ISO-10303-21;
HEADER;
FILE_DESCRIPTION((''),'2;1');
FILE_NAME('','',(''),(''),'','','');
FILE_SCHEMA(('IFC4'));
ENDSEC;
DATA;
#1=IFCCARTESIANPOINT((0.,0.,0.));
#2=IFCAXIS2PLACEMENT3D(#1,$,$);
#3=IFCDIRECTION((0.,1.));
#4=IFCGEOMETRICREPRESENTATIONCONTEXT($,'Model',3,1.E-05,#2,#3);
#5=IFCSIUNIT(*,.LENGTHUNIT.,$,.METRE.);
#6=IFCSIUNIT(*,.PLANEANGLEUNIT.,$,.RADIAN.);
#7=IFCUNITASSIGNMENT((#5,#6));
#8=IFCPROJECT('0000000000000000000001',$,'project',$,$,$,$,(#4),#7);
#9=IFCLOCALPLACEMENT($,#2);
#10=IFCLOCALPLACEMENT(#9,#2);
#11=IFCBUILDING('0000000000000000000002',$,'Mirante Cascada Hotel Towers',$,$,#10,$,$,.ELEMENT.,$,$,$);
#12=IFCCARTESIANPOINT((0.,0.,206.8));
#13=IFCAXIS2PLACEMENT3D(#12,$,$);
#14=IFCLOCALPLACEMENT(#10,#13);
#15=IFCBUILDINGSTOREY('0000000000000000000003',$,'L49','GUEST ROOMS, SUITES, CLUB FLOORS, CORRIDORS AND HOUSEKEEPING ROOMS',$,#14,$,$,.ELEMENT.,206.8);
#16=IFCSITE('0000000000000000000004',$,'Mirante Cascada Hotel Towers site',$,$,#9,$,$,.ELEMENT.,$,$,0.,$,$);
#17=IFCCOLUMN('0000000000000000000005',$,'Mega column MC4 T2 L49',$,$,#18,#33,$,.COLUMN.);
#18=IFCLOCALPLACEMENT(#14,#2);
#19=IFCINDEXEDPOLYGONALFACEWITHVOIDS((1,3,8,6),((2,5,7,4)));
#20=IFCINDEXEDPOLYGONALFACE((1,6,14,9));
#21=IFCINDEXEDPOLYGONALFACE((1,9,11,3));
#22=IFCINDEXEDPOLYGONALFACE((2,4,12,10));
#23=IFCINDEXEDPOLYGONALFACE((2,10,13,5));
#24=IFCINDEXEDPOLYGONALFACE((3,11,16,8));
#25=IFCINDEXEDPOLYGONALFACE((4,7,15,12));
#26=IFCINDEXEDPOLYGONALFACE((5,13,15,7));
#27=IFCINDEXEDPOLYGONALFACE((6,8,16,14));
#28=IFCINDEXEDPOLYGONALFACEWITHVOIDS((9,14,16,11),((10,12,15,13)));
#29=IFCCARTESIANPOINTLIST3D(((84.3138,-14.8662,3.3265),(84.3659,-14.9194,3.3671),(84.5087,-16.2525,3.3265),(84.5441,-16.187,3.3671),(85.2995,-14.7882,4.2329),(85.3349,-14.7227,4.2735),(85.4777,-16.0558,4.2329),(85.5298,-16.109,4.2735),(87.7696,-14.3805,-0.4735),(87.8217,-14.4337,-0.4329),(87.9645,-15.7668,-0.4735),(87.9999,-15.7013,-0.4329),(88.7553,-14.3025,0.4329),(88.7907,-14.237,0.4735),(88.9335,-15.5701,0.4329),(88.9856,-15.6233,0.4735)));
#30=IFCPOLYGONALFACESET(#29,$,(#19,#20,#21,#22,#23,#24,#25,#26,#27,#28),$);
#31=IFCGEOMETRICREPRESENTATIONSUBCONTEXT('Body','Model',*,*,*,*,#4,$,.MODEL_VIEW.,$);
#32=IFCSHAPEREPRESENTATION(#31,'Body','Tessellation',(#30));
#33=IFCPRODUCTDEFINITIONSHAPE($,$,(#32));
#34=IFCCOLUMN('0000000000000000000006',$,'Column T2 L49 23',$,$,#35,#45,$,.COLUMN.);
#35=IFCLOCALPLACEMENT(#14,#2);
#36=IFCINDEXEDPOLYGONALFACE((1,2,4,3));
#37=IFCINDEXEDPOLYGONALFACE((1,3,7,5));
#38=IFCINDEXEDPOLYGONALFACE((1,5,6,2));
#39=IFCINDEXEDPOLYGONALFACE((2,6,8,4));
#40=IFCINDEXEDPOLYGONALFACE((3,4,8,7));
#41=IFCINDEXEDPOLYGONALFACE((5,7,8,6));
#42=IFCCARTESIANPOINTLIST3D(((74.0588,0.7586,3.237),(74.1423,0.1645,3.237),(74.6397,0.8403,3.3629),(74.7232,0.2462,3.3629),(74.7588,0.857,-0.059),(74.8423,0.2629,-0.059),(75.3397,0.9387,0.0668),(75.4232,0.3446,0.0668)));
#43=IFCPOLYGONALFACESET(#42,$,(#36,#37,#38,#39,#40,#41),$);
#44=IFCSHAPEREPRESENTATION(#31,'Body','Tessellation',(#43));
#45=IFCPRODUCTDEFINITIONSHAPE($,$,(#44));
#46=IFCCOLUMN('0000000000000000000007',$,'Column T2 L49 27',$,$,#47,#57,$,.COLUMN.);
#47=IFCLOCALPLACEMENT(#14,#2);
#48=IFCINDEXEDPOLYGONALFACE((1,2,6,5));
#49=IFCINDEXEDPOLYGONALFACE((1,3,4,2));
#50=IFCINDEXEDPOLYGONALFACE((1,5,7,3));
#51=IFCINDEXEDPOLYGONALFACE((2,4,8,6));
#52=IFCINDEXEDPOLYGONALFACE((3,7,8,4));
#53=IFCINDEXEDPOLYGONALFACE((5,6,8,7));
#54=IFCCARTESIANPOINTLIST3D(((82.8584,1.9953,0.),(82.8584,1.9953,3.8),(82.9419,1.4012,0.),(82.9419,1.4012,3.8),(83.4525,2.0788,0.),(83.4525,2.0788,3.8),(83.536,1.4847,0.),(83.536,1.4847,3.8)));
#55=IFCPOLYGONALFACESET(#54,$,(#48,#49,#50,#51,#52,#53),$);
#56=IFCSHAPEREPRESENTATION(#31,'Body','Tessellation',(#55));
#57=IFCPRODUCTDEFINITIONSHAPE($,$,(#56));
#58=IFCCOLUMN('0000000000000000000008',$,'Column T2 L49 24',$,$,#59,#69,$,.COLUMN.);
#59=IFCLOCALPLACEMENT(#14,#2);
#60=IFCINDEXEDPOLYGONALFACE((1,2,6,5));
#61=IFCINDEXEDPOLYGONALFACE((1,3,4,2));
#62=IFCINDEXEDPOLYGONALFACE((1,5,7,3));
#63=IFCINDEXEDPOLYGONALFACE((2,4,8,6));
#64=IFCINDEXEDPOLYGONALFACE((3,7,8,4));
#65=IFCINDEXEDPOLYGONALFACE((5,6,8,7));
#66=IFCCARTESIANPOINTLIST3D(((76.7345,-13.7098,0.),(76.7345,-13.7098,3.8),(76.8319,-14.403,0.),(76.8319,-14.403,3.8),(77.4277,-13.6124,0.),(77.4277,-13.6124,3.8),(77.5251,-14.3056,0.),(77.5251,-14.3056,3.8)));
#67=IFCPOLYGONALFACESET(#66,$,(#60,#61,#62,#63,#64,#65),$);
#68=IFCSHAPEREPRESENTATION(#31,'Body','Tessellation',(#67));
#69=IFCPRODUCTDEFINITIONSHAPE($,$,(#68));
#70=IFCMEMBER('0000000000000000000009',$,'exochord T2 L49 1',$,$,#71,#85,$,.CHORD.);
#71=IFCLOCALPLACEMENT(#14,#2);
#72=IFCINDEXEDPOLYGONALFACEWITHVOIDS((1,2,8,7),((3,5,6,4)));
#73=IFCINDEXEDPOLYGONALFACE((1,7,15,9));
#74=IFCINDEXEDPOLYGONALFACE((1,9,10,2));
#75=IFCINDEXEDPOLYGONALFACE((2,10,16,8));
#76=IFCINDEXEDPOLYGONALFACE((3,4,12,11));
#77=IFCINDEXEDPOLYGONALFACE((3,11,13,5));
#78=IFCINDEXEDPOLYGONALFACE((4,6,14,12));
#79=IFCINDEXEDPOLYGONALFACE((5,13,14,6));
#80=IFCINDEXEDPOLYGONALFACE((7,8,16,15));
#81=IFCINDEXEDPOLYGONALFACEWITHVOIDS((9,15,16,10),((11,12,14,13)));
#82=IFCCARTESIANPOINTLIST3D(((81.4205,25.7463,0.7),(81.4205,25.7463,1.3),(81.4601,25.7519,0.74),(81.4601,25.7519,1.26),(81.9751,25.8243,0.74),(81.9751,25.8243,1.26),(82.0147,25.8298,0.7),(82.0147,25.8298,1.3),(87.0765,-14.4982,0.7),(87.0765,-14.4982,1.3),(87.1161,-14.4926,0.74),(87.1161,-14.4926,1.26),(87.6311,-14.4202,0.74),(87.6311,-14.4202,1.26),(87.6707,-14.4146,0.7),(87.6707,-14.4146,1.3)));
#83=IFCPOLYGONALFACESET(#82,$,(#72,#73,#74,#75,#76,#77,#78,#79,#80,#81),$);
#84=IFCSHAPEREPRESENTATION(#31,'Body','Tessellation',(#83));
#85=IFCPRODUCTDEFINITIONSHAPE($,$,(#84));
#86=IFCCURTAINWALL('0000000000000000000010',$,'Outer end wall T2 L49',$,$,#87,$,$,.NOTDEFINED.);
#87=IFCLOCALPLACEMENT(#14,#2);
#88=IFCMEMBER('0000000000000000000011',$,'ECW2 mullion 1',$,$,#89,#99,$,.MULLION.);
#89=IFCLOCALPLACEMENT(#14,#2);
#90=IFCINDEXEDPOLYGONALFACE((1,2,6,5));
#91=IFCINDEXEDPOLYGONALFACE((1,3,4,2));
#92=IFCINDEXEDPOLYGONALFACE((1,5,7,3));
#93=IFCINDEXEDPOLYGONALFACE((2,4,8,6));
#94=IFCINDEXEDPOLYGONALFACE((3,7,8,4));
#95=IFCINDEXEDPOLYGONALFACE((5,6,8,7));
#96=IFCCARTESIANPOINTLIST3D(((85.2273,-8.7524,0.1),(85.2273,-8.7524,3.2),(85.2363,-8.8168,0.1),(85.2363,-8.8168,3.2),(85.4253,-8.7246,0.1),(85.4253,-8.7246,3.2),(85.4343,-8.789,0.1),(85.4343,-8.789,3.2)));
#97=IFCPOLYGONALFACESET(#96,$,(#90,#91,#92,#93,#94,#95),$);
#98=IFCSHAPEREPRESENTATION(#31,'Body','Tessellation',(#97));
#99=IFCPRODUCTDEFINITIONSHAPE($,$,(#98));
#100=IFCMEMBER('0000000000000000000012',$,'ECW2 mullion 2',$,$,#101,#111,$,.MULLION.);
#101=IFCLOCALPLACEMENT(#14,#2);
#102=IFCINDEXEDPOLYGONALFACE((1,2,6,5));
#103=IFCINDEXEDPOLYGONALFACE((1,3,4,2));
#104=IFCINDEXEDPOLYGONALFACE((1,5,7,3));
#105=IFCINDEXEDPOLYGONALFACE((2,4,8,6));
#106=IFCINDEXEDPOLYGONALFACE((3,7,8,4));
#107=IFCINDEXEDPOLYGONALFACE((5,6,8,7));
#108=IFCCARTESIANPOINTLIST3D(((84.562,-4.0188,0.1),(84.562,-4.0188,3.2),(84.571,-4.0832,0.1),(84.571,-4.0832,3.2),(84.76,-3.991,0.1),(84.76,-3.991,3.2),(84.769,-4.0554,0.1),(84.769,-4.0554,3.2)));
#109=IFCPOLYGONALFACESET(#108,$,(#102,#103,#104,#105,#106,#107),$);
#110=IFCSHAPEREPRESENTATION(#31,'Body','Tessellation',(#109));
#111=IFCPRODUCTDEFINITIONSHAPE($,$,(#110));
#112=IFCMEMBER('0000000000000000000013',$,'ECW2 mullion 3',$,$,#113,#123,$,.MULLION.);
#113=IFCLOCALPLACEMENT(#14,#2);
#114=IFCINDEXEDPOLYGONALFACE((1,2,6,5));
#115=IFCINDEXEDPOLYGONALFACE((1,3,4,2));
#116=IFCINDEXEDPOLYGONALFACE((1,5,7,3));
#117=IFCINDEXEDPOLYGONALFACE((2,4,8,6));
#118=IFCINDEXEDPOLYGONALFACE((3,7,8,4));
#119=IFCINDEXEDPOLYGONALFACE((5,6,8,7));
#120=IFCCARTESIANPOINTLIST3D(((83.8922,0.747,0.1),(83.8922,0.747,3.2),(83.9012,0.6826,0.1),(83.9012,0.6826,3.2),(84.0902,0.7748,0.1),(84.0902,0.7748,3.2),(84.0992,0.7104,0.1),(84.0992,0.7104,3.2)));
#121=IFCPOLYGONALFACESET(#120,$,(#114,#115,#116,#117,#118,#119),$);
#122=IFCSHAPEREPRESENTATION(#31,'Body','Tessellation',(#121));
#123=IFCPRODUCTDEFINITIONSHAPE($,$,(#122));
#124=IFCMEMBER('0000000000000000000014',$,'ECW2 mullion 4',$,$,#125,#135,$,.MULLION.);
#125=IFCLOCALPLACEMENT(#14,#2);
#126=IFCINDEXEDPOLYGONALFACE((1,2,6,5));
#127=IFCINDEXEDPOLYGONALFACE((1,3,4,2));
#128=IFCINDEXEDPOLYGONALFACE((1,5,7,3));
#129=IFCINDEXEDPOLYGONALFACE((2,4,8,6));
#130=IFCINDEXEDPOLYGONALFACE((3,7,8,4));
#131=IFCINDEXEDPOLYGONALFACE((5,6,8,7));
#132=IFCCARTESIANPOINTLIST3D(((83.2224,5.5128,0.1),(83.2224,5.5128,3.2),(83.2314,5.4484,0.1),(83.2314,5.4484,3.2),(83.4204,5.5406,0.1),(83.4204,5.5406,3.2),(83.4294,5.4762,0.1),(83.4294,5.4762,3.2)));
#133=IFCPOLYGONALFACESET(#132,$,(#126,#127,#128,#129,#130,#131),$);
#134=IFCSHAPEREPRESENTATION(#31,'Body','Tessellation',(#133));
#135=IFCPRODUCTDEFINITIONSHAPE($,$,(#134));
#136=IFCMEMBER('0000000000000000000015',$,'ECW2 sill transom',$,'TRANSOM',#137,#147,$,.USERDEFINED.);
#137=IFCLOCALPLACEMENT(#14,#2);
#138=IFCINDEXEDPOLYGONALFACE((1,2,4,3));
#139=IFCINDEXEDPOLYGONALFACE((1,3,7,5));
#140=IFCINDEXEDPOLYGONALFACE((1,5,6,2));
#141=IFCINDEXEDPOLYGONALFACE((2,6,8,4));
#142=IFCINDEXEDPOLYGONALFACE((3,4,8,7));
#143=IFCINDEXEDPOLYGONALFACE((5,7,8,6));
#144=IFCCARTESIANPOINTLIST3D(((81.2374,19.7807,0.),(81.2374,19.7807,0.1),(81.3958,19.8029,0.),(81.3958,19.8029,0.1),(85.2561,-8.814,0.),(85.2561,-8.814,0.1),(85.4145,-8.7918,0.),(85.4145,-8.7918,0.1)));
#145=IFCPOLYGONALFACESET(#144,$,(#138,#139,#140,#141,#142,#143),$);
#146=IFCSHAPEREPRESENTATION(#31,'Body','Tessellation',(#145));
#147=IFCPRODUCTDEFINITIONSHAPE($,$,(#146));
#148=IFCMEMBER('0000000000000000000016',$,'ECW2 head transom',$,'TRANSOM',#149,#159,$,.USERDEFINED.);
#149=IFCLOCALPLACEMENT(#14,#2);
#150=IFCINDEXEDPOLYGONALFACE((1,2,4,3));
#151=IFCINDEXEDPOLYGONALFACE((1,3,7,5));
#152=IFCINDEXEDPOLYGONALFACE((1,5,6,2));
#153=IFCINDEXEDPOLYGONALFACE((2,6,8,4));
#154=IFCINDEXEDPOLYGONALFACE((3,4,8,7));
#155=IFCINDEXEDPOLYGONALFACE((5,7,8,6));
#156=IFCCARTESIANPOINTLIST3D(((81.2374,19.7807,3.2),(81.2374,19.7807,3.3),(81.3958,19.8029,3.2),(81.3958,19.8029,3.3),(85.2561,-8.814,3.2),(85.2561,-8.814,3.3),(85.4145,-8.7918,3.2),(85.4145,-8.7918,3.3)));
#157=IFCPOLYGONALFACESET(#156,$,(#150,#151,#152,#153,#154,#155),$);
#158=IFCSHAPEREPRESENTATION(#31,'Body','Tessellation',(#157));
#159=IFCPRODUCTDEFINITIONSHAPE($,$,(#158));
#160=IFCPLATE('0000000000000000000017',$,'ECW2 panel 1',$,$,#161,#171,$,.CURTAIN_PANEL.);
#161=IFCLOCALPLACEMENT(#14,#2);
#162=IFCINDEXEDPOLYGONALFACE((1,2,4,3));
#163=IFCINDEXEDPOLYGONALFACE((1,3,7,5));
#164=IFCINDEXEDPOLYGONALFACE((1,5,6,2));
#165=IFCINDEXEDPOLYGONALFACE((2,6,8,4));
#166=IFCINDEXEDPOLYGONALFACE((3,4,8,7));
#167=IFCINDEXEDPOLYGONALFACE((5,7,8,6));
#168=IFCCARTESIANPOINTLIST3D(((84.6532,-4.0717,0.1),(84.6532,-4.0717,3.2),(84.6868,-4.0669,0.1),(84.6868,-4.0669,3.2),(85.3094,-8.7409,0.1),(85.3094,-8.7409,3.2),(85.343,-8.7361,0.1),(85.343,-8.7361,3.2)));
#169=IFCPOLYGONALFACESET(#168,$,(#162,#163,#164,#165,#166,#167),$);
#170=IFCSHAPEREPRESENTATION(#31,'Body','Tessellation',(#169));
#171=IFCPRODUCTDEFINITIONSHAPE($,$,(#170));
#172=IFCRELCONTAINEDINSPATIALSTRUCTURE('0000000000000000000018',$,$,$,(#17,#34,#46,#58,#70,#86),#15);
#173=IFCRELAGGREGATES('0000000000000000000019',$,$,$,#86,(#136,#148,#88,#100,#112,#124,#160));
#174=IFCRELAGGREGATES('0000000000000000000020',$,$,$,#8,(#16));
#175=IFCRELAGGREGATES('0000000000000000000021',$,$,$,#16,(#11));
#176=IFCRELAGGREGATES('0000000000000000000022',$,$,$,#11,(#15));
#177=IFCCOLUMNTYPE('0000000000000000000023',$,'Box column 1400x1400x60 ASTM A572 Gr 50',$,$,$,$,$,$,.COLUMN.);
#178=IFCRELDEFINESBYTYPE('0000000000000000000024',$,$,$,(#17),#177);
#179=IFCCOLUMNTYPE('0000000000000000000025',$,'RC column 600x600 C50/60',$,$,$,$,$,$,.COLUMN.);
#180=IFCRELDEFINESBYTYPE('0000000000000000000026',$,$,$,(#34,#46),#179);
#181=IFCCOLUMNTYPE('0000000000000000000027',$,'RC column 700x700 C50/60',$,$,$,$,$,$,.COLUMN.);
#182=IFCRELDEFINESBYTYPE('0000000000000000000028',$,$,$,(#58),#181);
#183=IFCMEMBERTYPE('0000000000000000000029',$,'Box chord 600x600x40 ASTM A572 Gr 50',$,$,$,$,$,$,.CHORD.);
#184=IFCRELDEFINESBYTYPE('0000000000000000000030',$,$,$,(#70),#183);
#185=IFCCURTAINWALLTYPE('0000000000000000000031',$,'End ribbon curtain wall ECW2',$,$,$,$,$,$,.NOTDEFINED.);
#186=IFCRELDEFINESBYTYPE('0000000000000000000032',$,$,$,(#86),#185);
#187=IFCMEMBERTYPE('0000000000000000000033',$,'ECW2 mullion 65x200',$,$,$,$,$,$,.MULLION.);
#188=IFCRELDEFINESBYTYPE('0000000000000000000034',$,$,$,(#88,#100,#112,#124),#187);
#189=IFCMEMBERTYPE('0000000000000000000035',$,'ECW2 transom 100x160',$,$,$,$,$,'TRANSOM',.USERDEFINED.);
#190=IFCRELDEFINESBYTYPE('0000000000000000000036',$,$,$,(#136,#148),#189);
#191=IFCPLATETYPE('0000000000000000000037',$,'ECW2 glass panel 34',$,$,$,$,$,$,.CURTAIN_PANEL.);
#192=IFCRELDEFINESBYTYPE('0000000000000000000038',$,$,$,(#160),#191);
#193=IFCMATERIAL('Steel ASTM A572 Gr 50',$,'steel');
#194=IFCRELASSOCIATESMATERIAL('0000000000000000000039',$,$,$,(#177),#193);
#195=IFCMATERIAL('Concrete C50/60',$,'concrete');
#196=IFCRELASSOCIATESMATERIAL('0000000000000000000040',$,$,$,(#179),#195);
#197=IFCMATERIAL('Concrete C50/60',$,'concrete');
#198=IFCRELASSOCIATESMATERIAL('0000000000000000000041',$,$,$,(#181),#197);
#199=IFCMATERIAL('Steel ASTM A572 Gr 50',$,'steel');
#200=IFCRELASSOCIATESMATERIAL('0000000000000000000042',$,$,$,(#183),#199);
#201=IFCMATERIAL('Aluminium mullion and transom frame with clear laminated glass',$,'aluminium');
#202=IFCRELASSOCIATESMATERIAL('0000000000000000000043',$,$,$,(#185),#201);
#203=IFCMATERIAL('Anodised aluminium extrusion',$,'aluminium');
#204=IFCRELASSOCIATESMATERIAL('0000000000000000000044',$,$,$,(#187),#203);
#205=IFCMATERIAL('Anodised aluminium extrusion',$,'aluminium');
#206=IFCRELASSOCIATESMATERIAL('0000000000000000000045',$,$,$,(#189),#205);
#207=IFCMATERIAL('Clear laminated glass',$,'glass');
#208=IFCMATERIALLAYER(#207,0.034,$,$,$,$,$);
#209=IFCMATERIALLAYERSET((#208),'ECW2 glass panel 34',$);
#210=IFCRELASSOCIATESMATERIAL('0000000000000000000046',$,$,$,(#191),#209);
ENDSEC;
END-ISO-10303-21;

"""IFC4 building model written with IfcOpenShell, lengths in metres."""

from ifc_helpers import new_model, si_unit, direction, frame, origin, origin_2d, place, context, subcontext, project, spatial, rectangle, hollow_rectangle, extrude, material, layer, layer_set, material_profile, profile_set, type_object, element, aggregate, save


model = new_model("IFC4")

# Units and contexts
model_context = context("Model", 3, precision=1e-05, world=origin(), true_north=direction((0.0, 1.0)))
body_context = subcontext(model_context, "Body", "Model", "MODEL_VIEW")
ifc_project = project(units=[si_unit("LENGTHUNIT", "METRE"), si_unit("PLANEANGLEUNIT", "RADIAN")], contexts=[model_context])

# Site, building, storey
site_placement = place(None, origin())
site = spatial("IfcSite", under=ifc_project, at=site_placement, Name="Mirante Cascada Hotel Towers site", CompositionType="ELEMENT", RefElevation=0.0)
building_placement = place(site_placement, origin())
building = spatial("IfcBuilding", under=site, at=building_placement, Name="Mirante Cascada Hotel Towers", CompositionType="ELEMENT")
storey_placement = place(building_placement, frame((0.0, 0.0, 206.8)))
storey = spatial("IfcBuildingStorey", under=building, at=storey_placement, Name="L49", Description="GUEST ROOMS, SUITES, CLUB FLOORS, CORRIDORS AND HOUSEKEEPING ROOMS", CompositionType="ELEMENT", Elevation=206.8)

# Columns
ifc_material_1 = material(Name="Steel ASTM A572 Gr 50", Category="steel")
ifc_material_profile_1 = material_profile(ifc_material_1, hollow_rectangle(XDim=1.4, YDim=1.4, WallThickness=0.06, at=origin_2d()), Name="Box column 1400x1400x60 ASTM A572 Gr 50")
ifc_profile_set_1 = profile_set([ifc_material_profile_1], Name="Steel ASTM A572 Gr 50")
column_type_1 = type_object("IfcColumnType", Name="Box column 1400x1400x60 ASTM A572 Gr 50", PredefinedType="COLUMN", material=ifc_profile_set_1)
column_1_placement = place(storey_placement, frame((88.3776, -15.0019, 0.0), z_axis=(-0.669818, -0.094141, 0.736533), x_axis=(0.139178, -0.990267, 0.0)))
element("IfcColumn", 1, at=column_1_placement, inside=storey, type_object=column_type_1, Name="Mega column MC4 T2 L49", PredefinedType="COLUMN", context=body_context, shape_type="SweptSolid", body=[
    extrude(hollow_rectangle(XDim=1.4, YDim=1.4, WallThickness=0.06, at=origin_2d()), origin(), (0.0, 0.0, 1.0), 5.1593),
])
ifc_material_2 = material(Name="Concrete C50/60", Category="concrete")
ifc_material_profile_2 = material_profile(ifc_material_2, rectangle(XDim=0.6, YDim=0.6, at=origin_2d()), Name="RC column 600x600 C50/60")
ifc_profile_set_2 = profile_set([ifc_material_profile_2], Name="Concrete C50/60")
column_type_2 = type_object("IfcColumnType", Name="RC column 600x600 C50/60", PredefinedType="COLUMN", material=ifc_profile_set_2)
column_2_placement = place(storey_placement, frame((75.091, 0.6008, 0.0039), z_axis=(-0.207651, -0.02919, 0.977767), x_axis=(0.139203, -0.990264, 0.0)))
element("IfcColumn", 2, at=column_2_placement, inside=storey, type_object=column_type_2, Name="Column T2 L49 23", PredefinedType="COLUMN", context=body_context, shape_type="SweptSolid", body=[
    extrude(rectangle(XDim=0.6, YDim=0.6, at=origin_2d()), origin(), (0.0, 0.0, 1.0), 3.371),
])
column_3_placement = place(storey_placement, frame((83.1972, 1.74, 0.0), z_axis=(0.0, 0.0, 1.0), x_axis=(0.990268, 0.139173, 0.0)))
element("IfcColumn", 3, at=column_3_placement, inside=storey, type_object=column_type_2, Name="Column T2 L49 27", PredefinedType="COLUMN", context=body_context, shape_type="SweptSolid", body=[
    extrude(rectangle(XDim=0.6, YDim=0.6, at=origin_2d()), origin(), (0.0, 0.0, 1.0), 3.8),
])
ifc_material_3 = material(Name="Concrete C50/60", Category="concrete")
ifc_material_profile_3 = material_profile(ifc_material_3, rectangle(XDim=0.7, YDim=0.7, at=origin_2d()), Name="RC column 700x700 C50/60")
ifc_profile_set_3 = profile_set([ifc_material_profile_3], Name="Concrete C50/60")
column_type_3 = type_object("IfcColumnType", Name="RC column 700x700 C50/60", PredefinedType="COLUMN", material=ifc_profile_set_3)
column_4_placement = place(storey_placement, frame((77.1298, -14.0077, 0.0), z_axis=(0.0, 0.0, 1.0), x_axis=(0.990268, 0.139173, 0.0)))
element("IfcColumn", 4, at=column_4_placement, inside=storey, type_object=column_type_3, Name="Column T2 L49 24", PredefinedType="COLUMN", context=body_context, shape_type="SweptSolid", body=[
    extrude(rectangle(XDim=0.7, YDim=0.7, at=origin_2d()), origin(), (0.0, 0.0, 1.0), 3.8),
])

# Member
ifc_material_4 = material(Name="Steel ASTM A572 Gr 50", Category="steel")
ifc_material_profile_4 = material_profile(ifc_material_4, hollow_rectangle(XDim=0.6, YDim=0.6, WallThickness=0.04, at=origin_2d()), Name="Box chord 600x600x40 ASTM A572 Gr 50")
ifc_profile_set_4 = profile_set([ifc_material_profile_4], Name="Steel ASTM A572 Gr 50")
member_type_1 = type_object("IfcMemberType", Name="Box chord 600x600x40 ASTM A572 Gr 50", PredefinedType="CHORD", material=ifc_profile_set_4)
member_1_placement = place(storey_placement, frame((87.3736, -14.4564, 1.0), z_axis=(-0.139173, 0.990268, 0.0), x_axis=(-0.990268, -0.139173, 0.0)))
element("IfcMember", 5, at=member_1_placement, inside=storey, type_object=member_type_1, Name="exochord T2 L49 1", PredefinedType="CHORD", context=body_context, shape_type="SweptSolid", body=[
    extrude(hollow_rectangle(XDim=0.6, YDim=0.6, WallThickness=0.04, at=origin_2d()), origin(), (0.0, 0.0, 1.0), 40.64),
])

# Curtain wall, members, plate
ifc_material_5 = material(Name="Aluminium mullion and transom frame with clear laminated glass", Category="aluminium")
curtain_wall_type = type_object("IfcCurtainWallType", Name="End ribbon curtain wall ECW2", PredefinedType="NOTDEFINED", material=ifc_material_5)
curtain_wall_placement = place(storey_placement, origin())
curtain_wall = element("IfcCurtainWall", 6, at=curtain_wall_placement, inside=storey, type_object=curtain_wall_type, Name="Outer end wall T2 L49", PredefinedType="NOTDEFINED")
ifc_material_6 = material(Name="Anodised aluminium extrusion", Category="aluminium")
ifc_material_profile_5 = material_profile(ifc_material_6, rectangle(XDim=0.2, YDim=0.065, at=origin_2d()), Name="ECW2 MULLION 65x200")
ifc_profile_set_5 = profile_set([ifc_material_profile_5], Name="Anodised aluminium extrusion")
member_type_2 = type_object("IfcMemberType", Name="ECW2 mullion 65x200", PredefinedType="MULLION", material=ifc_profile_set_5)
member_2_placement = place(storey_placement, frame((85.3308, -8.7707, 0.1), z_axis=(0.0, 0.0, 1.0), x_axis=(-0.990268, -0.139173, 0.0)))
member_2 = element("IfcMember", 7, at=member_2_placement, type_object=member_type_2, Name="ECW2 mullion 1", PredefinedType="MULLION", context=body_context, shape_type="SweptSolid", body=[
    extrude(rectangle(XDim=0.2, YDim=0.065, at=origin_2d()), origin(), (0.0, 0.0, 1.0), 3.1),
])
member_3_placement = place(storey_placement, frame((84.6655, -4.0371, 0.1), z_axis=(0.0, 0.0, 1.0), x_axis=(-0.990268, -0.139173, 0.0)))
member_3 = element("IfcMember", 8, at=member_3_placement, type_object=member_type_2, Name="ECW2 mullion 2", PredefinedType="MULLION", context=body_context, shape_type="SweptSolid", body=[
    extrude(rectangle(XDim=0.2, YDim=0.065, at=origin_2d()), origin(), (0.0, 0.0, 1.0), 3.1),
])
member_4_placement = place(storey_placement, frame((83.9957, 0.7287, 0.1), z_axis=(0.0, 0.0, 1.0), x_axis=(-0.990268, -0.139173, 0.0)))
member_4 = element("IfcMember", 9, at=member_4_placement, type_object=member_type_2, Name="ECW2 mullion 3", PredefinedType="MULLION", context=body_context, shape_type="SweptSolid", body=[
    extrude(rectangle(XDim=0.2, YDim=0.065, at=origin_2d()), origin(), (0.0, 0.0, 1.0), 3.1),
])
member_5_placement = place(storey_placement, frame((83.3259, 5.4945, 0.1), z_axis=(0.0, 0.0, 1.0), x_axis=(-0.990268, -0.139173, 0.0)))
member_5 = element("IfcMember", 10, at=member_5_placement, type_object=member_type_2, Name="ECW2 mullion 4", PredefinedType="MULLION", context=body_context, shape_type="SweptSolid", body=[
    extrude(rectangle(XDim=0.2, YDim=0.065, at=origin_2d()), origin(), (0.0, 0.0, 1.0), 3.1),
])
ifc_material_7 = material(Name="Anodised aluminium extrusion", Category="aluminium")
ifc_material_profile_6 = material_profile(ifc_material_7, rectangle(XDim=0.16, YDim=0.1, at=origin_2d()), Name="ECW2 TRANSOM 100x160")
ifc_profile_set_6 = profile_set([ifc_material_profile_6], Name="Anodised aluminium extrusion")
member_type_3 = type_object("IfcMemberType", Name="ECW2 transom 100x160", ElementType="TRANSOM", PredefinedType="USERDEFINED", material=ifc_profile_set_6)
member_6_placement = place(storey_placement, frame((85.3353, -8.8029, 0.05), z_axis=(-0.139172, 0.990268, 0.0), x_axis=(-0.990268, -0.139172, 0.0)))
member_6 = element("IfcMember", 11, at=member_6_placement, type_object=member_type_3, Name="ECW2 sill transom", ObjectType="TRANSOM", PredefinedType="USERDEFINED", context=body_context, shape_type="SweptSolid", body=[
    extrude(rectangle(XDim=0.16, YDim=0.1, at=origin_2d()), origin(), (0.0, 0.0, 1.0), 28.8757),
])
member_7_placement = place(storey_placement, frame((85.3353, -8.8029, 3.25), z_axis=(-0.139172, 0.990268, 0.0), x_axis=(-0.990268, -0.139172, 0.0)))
member_7 = element("IfcMember", 12, at=member_7_placement, type_object=member_type_3, Name="ECW2 head transom", ObjectType="TRANSOM", PredefinedType="USERDEFINED", context=body_context, shape_type="SweptSolid", body=[
    extrude(rectangle(XDim=0.16, YDim=0.1, at=origin_2d()), origin(), (0.0, 0.0, 1.0), 28.8757),
])
ifc_material_8 = material(Name="Clear laminated glass", Category="glass")
ifc_layer_1 = layer(ifc_material_8, 0.034)
ifc_layer_set_1 = layer_set([ifc_layer_1], Name="ECW2 glass panel 34")
plate_type_1 = type_object("IfcPlateType", Name="ECW2 glass panel 34", PredefinedType="CURTAIN_PANEL", material=ifc_layer_set_1)
plate_1_placement = place(storey_placement, frame((84.9981, -6.4039, 0.1), z_axis=(0.0, 0.0, 1.0), x_axis=(-0.139173, 0.990268, 0.0)))
plate_1 = element("IfcPlate", 13, at=plate_1_placement, type_object=plate_type_1, Name="ECW2 panel 1", PredefinedType="CURTAIN_PANEL", context=body_context, shape_type="SweptSolid", body=[
    extrude(rectangle(XDim=4.7151, YDim=0.034, at=origin_2d()), origin(), (0.0, 0.0, 1.0), 3.1),
])
aggregate(curtain_wall, [member_6, member_7, member_2, member_3, member_4, member_5, plate_1])

save(model, "model.ifc")
